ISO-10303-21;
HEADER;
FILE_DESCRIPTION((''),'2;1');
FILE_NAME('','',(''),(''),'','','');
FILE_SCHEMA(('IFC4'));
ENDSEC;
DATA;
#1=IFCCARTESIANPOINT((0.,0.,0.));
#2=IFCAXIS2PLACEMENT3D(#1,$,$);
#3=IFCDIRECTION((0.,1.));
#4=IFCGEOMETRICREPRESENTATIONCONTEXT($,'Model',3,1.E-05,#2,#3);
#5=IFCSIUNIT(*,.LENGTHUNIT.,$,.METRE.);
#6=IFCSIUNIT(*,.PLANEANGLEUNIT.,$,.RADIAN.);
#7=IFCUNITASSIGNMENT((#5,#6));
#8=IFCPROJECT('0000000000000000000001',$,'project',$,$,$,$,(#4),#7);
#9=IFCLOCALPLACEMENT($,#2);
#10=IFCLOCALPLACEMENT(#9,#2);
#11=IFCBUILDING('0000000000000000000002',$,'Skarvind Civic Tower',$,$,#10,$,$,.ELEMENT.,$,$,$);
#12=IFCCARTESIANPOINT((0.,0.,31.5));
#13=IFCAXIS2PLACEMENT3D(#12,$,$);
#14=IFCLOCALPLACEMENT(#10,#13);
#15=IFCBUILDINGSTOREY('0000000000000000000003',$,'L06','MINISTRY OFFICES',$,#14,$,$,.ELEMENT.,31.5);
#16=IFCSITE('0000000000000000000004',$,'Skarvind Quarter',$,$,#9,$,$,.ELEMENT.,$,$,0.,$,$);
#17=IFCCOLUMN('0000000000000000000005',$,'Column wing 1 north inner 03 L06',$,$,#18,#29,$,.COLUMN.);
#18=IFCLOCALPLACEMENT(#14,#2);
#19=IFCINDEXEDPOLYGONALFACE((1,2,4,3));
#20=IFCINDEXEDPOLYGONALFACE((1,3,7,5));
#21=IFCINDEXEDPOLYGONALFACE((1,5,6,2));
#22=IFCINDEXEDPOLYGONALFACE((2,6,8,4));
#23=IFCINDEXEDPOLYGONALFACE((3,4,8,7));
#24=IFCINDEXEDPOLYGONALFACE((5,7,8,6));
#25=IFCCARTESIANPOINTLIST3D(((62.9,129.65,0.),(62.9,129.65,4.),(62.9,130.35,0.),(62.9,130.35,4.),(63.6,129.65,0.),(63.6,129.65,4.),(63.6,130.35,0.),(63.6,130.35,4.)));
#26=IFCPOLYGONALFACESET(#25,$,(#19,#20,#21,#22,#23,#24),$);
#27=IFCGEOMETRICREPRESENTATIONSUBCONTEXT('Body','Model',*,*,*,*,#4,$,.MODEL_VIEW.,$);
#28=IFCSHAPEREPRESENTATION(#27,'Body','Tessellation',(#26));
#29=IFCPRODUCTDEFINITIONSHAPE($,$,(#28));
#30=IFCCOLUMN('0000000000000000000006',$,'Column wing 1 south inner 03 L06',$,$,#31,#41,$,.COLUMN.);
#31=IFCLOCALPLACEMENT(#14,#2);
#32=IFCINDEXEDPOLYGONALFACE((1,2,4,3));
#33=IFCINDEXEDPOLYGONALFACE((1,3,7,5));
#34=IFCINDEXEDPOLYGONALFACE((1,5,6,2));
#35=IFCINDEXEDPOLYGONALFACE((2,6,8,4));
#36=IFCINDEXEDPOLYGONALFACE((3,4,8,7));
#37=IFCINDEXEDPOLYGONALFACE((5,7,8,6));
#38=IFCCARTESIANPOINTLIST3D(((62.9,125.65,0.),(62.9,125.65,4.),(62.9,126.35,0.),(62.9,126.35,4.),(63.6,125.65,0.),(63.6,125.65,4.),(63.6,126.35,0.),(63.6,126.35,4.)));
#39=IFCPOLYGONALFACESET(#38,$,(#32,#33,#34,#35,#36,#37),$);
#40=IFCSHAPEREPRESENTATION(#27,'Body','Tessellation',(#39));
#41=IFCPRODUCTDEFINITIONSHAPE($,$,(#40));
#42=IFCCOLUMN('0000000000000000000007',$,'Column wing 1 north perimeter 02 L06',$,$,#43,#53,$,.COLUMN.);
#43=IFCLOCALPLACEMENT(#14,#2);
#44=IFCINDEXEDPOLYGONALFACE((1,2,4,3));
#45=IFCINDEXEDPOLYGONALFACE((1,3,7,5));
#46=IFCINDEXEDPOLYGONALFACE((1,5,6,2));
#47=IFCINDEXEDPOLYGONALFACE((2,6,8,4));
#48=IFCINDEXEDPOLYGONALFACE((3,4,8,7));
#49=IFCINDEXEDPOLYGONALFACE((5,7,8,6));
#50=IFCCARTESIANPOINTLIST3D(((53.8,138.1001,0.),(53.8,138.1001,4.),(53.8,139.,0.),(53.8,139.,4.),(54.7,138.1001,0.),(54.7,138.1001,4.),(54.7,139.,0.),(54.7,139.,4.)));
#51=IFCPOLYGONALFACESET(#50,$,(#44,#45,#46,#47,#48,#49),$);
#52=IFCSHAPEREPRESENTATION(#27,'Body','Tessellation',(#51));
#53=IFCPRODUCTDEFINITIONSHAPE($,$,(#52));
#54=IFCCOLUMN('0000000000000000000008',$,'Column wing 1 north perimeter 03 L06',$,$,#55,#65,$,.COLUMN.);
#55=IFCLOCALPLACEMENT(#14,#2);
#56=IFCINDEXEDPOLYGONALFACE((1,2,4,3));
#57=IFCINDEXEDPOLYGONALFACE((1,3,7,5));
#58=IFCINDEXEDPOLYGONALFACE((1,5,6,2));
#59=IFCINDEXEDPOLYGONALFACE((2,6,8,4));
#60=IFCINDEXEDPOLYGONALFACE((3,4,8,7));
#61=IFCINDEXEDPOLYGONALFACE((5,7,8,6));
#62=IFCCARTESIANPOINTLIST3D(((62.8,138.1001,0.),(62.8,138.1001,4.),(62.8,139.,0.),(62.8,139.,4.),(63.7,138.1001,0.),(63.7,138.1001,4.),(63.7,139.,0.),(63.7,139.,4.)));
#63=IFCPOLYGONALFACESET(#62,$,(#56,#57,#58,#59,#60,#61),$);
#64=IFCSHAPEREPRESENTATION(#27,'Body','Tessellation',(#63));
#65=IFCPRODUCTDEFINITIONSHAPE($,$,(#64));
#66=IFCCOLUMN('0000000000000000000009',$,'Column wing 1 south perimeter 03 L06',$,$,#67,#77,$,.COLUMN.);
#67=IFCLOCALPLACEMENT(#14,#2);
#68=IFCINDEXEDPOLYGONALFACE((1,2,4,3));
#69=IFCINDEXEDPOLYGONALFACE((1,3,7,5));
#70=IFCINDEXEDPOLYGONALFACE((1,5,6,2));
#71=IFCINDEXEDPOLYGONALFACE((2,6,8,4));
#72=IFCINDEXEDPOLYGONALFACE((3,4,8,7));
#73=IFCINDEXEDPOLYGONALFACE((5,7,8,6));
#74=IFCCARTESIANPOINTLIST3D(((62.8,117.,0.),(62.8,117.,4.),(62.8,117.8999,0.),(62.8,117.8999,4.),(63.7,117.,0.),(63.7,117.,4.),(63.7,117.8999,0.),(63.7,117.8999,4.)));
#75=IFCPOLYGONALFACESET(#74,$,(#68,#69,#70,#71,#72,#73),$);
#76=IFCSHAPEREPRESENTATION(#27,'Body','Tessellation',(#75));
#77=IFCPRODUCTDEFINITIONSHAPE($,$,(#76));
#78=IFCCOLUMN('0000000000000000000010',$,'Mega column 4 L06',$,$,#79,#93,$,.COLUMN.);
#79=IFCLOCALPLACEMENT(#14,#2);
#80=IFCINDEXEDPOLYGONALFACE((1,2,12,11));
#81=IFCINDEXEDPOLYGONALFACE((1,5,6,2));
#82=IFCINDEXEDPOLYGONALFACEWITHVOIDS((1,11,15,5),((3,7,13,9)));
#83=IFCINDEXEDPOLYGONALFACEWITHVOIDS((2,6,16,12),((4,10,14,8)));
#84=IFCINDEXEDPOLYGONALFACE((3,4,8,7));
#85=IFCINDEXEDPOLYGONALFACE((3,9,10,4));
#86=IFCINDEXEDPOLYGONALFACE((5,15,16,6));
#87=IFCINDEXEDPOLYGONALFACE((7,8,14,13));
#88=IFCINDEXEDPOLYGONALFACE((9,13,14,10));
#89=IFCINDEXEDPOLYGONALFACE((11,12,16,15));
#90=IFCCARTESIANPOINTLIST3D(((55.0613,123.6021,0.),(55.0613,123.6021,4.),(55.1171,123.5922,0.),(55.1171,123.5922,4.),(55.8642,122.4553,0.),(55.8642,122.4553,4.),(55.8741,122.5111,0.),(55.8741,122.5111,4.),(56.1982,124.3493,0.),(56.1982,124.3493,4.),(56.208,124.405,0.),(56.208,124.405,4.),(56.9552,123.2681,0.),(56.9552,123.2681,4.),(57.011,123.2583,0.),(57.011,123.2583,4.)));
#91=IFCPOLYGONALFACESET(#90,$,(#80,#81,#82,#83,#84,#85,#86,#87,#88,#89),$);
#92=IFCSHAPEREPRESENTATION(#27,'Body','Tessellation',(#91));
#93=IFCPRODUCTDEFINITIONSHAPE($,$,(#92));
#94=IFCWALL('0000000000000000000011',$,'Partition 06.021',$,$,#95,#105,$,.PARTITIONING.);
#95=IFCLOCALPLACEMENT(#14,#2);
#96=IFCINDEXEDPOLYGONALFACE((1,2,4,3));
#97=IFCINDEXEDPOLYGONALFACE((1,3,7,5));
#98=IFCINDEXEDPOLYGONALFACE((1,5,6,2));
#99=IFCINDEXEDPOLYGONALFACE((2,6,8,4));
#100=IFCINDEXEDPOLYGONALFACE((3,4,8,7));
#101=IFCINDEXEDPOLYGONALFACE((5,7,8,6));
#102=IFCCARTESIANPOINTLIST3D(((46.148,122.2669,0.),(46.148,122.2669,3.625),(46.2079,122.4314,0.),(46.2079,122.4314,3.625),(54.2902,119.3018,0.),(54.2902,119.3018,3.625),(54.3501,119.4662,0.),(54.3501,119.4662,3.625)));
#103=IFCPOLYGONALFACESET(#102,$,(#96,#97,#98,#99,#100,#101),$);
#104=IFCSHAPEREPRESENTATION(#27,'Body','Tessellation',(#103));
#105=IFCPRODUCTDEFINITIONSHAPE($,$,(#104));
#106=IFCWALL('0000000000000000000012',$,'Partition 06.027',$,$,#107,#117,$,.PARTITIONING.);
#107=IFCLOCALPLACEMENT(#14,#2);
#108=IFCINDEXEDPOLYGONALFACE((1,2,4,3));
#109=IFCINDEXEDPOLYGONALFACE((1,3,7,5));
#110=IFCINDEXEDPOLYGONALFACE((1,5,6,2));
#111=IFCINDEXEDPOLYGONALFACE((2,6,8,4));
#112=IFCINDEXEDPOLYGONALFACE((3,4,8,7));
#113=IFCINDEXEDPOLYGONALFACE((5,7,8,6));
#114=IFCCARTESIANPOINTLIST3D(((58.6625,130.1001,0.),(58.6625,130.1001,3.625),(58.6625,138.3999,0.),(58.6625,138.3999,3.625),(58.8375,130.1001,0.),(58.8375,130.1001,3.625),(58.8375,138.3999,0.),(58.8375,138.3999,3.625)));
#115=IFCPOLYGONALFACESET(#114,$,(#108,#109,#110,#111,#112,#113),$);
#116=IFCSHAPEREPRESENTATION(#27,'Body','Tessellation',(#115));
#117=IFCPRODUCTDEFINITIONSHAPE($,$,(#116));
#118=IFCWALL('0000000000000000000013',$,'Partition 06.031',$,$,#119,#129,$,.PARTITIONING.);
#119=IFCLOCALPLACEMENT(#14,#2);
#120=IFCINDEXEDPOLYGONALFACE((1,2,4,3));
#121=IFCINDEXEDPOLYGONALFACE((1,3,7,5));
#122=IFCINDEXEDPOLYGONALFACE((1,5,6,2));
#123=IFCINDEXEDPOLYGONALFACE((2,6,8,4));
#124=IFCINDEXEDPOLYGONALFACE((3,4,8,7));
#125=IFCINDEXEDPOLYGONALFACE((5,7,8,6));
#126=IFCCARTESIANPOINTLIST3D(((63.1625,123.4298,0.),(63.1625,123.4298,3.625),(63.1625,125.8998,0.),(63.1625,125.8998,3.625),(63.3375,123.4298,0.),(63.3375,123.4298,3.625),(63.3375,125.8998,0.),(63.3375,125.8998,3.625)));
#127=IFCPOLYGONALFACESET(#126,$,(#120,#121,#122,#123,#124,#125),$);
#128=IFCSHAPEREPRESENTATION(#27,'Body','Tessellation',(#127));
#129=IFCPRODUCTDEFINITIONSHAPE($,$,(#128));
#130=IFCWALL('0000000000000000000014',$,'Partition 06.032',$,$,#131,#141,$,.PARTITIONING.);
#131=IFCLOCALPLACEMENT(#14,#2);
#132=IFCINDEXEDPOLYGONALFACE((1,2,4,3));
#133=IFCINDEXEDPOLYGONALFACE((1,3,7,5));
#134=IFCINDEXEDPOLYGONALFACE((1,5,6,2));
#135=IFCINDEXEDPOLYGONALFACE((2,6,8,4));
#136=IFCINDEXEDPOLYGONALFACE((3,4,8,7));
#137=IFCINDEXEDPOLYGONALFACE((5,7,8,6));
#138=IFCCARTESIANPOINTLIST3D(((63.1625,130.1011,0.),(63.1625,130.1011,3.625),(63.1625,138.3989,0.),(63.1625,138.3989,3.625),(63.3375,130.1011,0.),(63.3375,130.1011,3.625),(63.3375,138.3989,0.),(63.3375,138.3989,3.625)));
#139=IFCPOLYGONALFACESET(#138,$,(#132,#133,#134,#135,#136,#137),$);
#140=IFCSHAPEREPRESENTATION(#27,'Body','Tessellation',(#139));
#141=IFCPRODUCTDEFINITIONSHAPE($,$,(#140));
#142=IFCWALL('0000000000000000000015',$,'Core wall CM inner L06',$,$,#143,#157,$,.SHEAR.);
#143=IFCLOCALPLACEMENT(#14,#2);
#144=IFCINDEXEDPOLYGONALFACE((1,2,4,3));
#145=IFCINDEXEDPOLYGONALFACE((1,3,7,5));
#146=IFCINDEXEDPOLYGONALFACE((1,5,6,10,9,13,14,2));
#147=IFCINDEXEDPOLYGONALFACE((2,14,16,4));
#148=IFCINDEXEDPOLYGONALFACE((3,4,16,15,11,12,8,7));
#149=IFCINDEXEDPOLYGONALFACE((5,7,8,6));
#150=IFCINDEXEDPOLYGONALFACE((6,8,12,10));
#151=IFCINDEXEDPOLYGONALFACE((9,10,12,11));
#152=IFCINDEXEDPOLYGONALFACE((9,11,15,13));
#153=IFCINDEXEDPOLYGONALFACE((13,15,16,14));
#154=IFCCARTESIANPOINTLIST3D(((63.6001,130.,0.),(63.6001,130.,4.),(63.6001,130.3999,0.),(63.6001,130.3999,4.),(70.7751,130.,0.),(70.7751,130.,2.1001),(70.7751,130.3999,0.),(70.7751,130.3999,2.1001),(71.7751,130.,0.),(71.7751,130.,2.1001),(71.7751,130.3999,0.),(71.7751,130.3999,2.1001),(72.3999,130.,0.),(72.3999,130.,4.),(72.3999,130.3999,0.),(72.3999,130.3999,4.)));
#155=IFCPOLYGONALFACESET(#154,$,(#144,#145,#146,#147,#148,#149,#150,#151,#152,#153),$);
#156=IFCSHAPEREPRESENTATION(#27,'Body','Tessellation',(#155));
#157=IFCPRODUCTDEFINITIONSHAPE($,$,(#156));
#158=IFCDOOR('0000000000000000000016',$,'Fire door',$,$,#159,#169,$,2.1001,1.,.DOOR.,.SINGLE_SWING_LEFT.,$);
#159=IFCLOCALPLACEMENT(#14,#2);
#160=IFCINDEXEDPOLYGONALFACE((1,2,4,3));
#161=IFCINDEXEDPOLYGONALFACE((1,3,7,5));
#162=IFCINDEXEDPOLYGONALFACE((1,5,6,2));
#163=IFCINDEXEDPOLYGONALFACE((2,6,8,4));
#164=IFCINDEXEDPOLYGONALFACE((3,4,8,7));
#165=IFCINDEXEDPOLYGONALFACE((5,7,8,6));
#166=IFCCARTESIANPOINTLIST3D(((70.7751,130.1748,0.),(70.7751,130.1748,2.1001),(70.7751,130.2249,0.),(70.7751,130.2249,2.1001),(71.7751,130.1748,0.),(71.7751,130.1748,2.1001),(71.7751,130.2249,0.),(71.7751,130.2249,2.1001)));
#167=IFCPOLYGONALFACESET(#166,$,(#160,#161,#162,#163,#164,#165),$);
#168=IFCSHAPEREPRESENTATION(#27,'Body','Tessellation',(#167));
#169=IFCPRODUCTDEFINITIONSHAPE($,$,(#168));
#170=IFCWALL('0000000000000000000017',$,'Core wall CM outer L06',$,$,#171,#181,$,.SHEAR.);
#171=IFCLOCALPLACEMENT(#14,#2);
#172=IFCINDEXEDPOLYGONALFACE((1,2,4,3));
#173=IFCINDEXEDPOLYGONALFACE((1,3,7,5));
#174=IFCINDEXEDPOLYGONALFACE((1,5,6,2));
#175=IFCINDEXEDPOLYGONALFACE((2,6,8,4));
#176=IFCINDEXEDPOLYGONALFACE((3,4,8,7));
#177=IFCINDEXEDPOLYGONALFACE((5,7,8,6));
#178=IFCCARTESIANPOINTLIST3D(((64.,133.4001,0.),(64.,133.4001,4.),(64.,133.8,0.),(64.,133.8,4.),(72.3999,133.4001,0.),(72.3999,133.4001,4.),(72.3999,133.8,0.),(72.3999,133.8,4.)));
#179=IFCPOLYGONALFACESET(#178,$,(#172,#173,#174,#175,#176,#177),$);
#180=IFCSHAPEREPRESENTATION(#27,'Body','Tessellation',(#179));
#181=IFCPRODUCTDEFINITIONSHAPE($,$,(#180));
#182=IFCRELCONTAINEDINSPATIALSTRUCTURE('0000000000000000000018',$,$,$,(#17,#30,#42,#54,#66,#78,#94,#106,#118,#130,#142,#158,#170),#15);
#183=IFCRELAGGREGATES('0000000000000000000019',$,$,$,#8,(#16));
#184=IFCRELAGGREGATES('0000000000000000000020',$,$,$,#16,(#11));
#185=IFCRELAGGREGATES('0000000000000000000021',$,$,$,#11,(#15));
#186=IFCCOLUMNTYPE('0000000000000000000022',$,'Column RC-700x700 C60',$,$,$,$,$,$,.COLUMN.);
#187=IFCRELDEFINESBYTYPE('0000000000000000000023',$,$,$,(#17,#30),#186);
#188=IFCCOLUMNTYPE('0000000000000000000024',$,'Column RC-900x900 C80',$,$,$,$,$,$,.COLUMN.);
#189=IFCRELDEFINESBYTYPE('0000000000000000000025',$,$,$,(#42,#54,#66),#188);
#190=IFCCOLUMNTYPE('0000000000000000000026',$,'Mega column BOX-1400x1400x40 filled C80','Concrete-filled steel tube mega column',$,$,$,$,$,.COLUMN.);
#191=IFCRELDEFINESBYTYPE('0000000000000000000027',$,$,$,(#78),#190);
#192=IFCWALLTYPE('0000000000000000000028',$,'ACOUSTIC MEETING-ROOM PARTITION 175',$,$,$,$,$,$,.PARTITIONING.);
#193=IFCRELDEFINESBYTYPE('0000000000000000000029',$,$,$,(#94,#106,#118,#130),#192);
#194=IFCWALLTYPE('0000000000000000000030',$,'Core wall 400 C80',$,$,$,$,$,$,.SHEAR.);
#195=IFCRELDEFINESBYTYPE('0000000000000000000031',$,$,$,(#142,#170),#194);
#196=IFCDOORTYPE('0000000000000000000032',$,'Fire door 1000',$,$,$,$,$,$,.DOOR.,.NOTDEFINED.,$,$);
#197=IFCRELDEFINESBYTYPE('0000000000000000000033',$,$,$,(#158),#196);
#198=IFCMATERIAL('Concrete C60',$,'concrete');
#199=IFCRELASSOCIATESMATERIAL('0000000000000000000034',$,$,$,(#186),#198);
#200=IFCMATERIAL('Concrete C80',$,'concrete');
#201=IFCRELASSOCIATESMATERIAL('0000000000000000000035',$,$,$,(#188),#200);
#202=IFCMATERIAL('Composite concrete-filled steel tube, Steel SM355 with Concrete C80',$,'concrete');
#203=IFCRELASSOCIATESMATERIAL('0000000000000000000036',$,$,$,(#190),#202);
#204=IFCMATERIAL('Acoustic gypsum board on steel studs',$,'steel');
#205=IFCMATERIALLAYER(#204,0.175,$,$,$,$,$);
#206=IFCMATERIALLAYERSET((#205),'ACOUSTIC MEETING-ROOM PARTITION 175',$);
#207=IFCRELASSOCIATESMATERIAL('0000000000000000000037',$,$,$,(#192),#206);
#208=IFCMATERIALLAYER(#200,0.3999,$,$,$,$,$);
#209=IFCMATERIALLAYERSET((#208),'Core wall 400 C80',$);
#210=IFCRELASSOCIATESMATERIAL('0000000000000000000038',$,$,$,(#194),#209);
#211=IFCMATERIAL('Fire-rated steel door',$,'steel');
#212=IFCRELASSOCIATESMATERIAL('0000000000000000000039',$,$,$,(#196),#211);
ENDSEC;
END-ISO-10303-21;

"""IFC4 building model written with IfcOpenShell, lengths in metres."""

from ifc_helpers import new_model, si_unit, direction, frame, frame_2d, origin, origin_2d, place, context, subcontext, project, spatial, rectangle, hollow_rectangle, extrude, material, layer, layer_set, material_profile, profile_set, type_object, element, fill, save


model = new_model("IFC4")

# Units and contexts
model_context = context("Model", 3, precision=1e-05, world=origin(), true_north=direction((0.0, 1.0)))
body_context = subcontext(model_context, "Body", "Model", "MODEL_VIEW")
ifc_project = project(units=[si_unit("LENGTHUNIT", "METRE"), si_unit("PLANEANGLEUNIT", "RADIAN")], contexts=[model_context])

# Site, building, storey
site_placement = place(None, origin())
site = spatial("IfcSite", under=ifc_project, at=site_placement, Name="Skarvind Quarter", CompositionType="ELEMENT", RefElevation=0.0)
building_placement = place(site_placement, origin())
building = spatial("IfcBuilding", under=site, at=building_placement, Name="Skarvind Civic Tower", CompositionType="ELEMENT")
storey_placement = place(building_placement, frame((0.0, 0.0, 31.5)))
storey = spatial("IfcBuildingStorey", under=building, at=storey_placement, Name="L06", Description="MINISTRY OFFICES", CompositionType="ELEMENT", Elevation=31.5)

# Columns
ifc_material_1 = material(Name="Concrete C60", Category="concrete")
ifc_material_profile_1 = material_profile(ifc_material_1, rectangle(XDim=0.7, YDim=0.7, at=origin_2d()), Name="RC-700x700")
ifc_profile_set_1 = profile_set([ifc_material_profile_1], Name="Concrete C60")
column_type_1 = type_object("IfcColumnType", Name="Column RC-700x700 C60", PredefinedType="COLUMN", material=ifc_profile_set_1)
for number, where, z_axis, x_axis, name in (
    (1, (63.25, 130.0, 0.0), (0.0, 0.0, 1.0), (1.0, 0.0, 0.0), "Column wing 1 north inner 03 L06"),
    (2, (63.25, 126.0, 0.0), (0.0, 0.0, 1.0), (1.0, 0.0, 0.0), "Column wing 1 south inner 03 L06"),
):
    element("IfcColumn", number, at=place(storey_placement, frame(where, z_axis=z_axis, x_axis=x_axis)), inside=storey, type_object=column_type_1, Name=name, PredefinedType="COLUMN", context=body_context, shape_type="SweptSolid", body=[
        extrude(rectangle(XDim=0.7, YDim=0.7, at=origin_2d()), origin(), (0.0, 0.0, 1.0), 4.0),
    ])
ifc_material_2 = material(Name="Concrete C80", Category="concrete")
ifc_material_profile_2 = material_profile(ifc_material_2, rectangle(XDim=0.8999, YDim=0.8999, at=origin_2d()), Name="RC-900x900")
ifc_profile_set_2 = profile_set([ifc_material_profile_2], Name="Concrete C80")
column_type_2 = type_object("IfcColumnType", Name="Column RC-900x900 C80", PredefinedType="COLUMN", material=ifc_profile_set_2)
for number, where, z_axis, x_axis, name in (
    (3, (54.25, 138.55, 0.0), (0.0, 0.0, 1.0), (1.0, 0.0, 0.0), "Column wing 1 north perimeter 02 L06"),
    (4, (63.25, 138.55, 0.0), (0.0, 0.0, 1.0), (1.0, 0.0, 0.0), "Column wing 1 north perimeter 03 L06"),
    (5, (63.25, 117.45, 0.0), (0.0, 0.0, 1.0), (1.0, 0.0, 0.0), "Column wing 1 south perimeter 03 L06"),
):
    element("IfcColumn", number, at=place(storey_placement, frame(where, z_axis=z_axis, x_axis=x_axis)), inside=storey, type_object=column_type_2, Name=name, PredefinedType="COLUMN", context=body_context, shape_type="SweptSolid", body=[
        extrude(rectangle(XDim=0.8999, YDim=0.8999, at=origin_2d()), origin(), (0.0, 0.0, 1.0), 4.0),
    ])
ifc_material_3 = material(Name="Composite concrete-filled steel tube, Steel SM355 with Concrete C80", Category="concrete")
ifc_material_profile_3 = material_profile(ifc_material_3, hollow_rectangle(XDim=1.3999, YDim=1.3999, WallThickness=0.04, at=origin_2d()), Name="BOX-1400x1400x40")
ifc_profile_set_3 = profile_set([ifc_material_profile_3], Name="Composite concrete-filled steel tube, Steel SM355 with Concrete C80")
column_type_3 = type_object("IfcColumnType", Name="Mega column BOX-1400x1400x40 filled C80", Description="Concrete-filled steel tube mega column", PredefinedType="COLUMN", material=ifc_profile_set_3)
column_placement = place(storey_placement, frame((56.0361, 123.4302, 0.0), z_axis=(0.0, 0.0, 1.0), x_axis=(0.573576, -0.819152, 0.0)))
element("IfcColumn", 6, at=column_placement, inside=storey, type_object=column_type_3, Name="Mega column 4 L06", PredefinedType="COLUMN", context=body_context, shape_type="SweptSolid", body=[
    extrude(hollow_rectangle(XDim=1.3999, YDim=1.3999, WallThickness=0.04, at=origin_2d()), origin(), (0.0, 0.0, 1.0), 4.0),
])

# Walls
ifc_material_4 = material(Name="Acoustic gypsum board on steel studs", Category="steel")
ifc_layer_1 = layer(ifc_material_4, 0.175)
ifc_layer_set_1 = layer_set([ifc_layer_1], Name="ACOUSTIC MEETING-ROOM PARTITION 175")
wall_type_1 = type_object("IfcWallType", Name="ACOUSTIC MEETING-ROOM PARTITION 175", PredefinedType="PARTITIONING", material=ifc_layer_set_1)
wall_1_placement = place(storey_placement, frame((54.3201, 119.384, 0.0), z_axis=(0.0, 0.0, 1.0), x_axis=(-0.939633, 0.342184, 0.0)))
element("IfcWall", 7, at=wall_1_placement, inside=storey, type_object=wall_type_1, Name="Partition 06.021", PredefinedType="PARTITIONING", context=body_context, shape_type="SweptSolid", body=[
    extrude(rectangle(XDim=8.6653, YDim=0.175, at=frame_2d((4.3325, 0.0))), origin(), (0.0, 0.0, 1.0), 3.625),
])
wall_2_placement = place(storey_placement, frame((58.75, 130.1001, 0.0), z_axis=(0.0, 0.0, 1.0), x_axis=(0.0, 1.0, 0.0)))
element("IfcWall", 8, at=wall_2_placement, inside=storey, type_object=wall_type_1, Name="Partition 06.027", PredefinedType="PARTITIONING", context=body_context, shape_type="SweptSolid", body=[
    extrude(rectangle(XDim=8.2998, YDim=0.175, at=frame_2d((4.1499, 0.0))), origin(), (0.0, 0.0, 1.0), 3.625),
])
wall_3_placement = place(storey_placement, frame((63.25, 123.4299, 0.0), z_axis=(0.0, 0.0, 1.0), x_axis=(0.0, 1.0, 0.0)))
element("IfcWall", 9, at=wall_3_placement, inside=storey, type_object=wall_type_1, Name="Partition 06.031", PredefinedType="PARTITIONING", context=body_context, shape_type="SweptSolid", body=[
    extrude(rectangle(XDim=2.47, YDim=0.175, at=frame_2d((1.2349, 0.0))), origin(), (0.0, 0.0, 1.0), 3.625),
])
wall_4_placement = place(storey_placement, frame((63.25, 130.1011, 0.0), z_axis=(0.0, 0.0, 1.0), x_axis=(0.0, 1.0, 0.0)))
element("IfcWall", 10, at=wall_4_placement, inside=storey, type_object=wall_type_1, Name="Partition 06.032", PredefinedType="PARTITIONING", context=body_context, shape_type="SweptSolid", body=[
    extrude(rectangle(XDim=8.2979, YDim=0.175, at=frame_2d((4.1489, 0.0))), origin(), (0.0, 0.0, 1.0), 3.625),
])

# Wall, opening, door
ifc_layer_2 = layer(ifc_material_2, 0.3999)
ifc_layer_set_2 = layer_set([ifc_layer_2], Name="Core wall 400 C80")
wall_type_2 = type_object("IfcWallType", Name="Core wall 400 C80", PredefinedType="SHEAR", material=ifc_layer_set_2)
wall_5_placement = place(storey_placement, frame((63.6001, 130.2, 0.0), z_axis=(0.0, 0.0, 1.0), x_axis=(1.0, 0.0, 0.0)))
wall_5 = element("IfcWall", 11, at=wall_5_placement, inside=storey, type_object=wall_type_2, Name="Core wall CM inner L06", PredefinedType="SHEAR", context=body_context, shape_type="SweptSolid", body=[
    extrude(rectangle(XDim=8.7998, YDim=0.3999, at=frame_2d((4.3999, 0.0))), origin(), (0.0, 0.0, 1.0), 4.0),
])
opening_1_placement = place(wall_5_placement, frame((7.175, 0.0, 0.0)))
opening_1 = element("IfcOpeningElement", 12, at=opening_1_placement, cuts=wall_5, PredefinedType="OPENING", context=body_context, shape_type="SweptSolid", body=[
    extrude(rectangle(XDim=1.0, YDim=2.1001, at=frame_2d((0.5, 1.05))), frame((0.0, 0.21, 0.0), z_axis=(0.0, -1.0, 0.0), x_axis=(1.0, 0.0, 0.0)), (0.0, 0.0, 1.0), 0.4199),
])
ifc_material_5 = material(Name="Fire-rated steel door", Category="steel")
door_type_1 = type_object("IfcDoorType", Name="Fire door 1000", OperationType="NOTDEFINED", PredefinedType="DOOR", material=ifc_material_5)
door_1_placement = place(opening_1_placement, origin())
door_1 = element("IfcDoor", 13, at=door_1_placement, inside=storey, type_object=door_type_1, Name="Fire door", OperationType="SINGLE_SWING_LEFT", OverallHeight=2.1001, OverallWidth=1.0, PredefinedType="DOOR", context=body_context, shape_type="SweptSolid", body=[
    extrude(rectangle(XDim=1.0, YDim=2.1001, at=frame_2d((0.5, 1.05))), frame((0.0, 0.0249, 0.0), z_axis=(0.0, -1.0, 0.0), x_axis=(1.0, 0.0, 0.0)), (0.0, 0.0, 1.0), 0.05),
])
fill(opening_1, door_1)

# Wall
wall_6_placement = place(storey_placement, frame((64.0, 133.6001, 0.0), z_axis=(0.0, 0.0, 1.0), x_axis=(1.0, 0.0, 0.0)))
element("IfcWall", 14, at=wall_6_placement, inside=storey, type_object=wall_type_2, Name="Core wall CM outer L06", PredefinedType="SHEAR", context=body_context, shape_type="SweptSolid", body=[
    extrude(rectangle(XDim=8.3999, YDim=0.3999, at=frame_2d((4.2, 0.0))), origin(), (0.0, 0.0, 1.0), 4.0),
])

save(model, "model.ifc")
